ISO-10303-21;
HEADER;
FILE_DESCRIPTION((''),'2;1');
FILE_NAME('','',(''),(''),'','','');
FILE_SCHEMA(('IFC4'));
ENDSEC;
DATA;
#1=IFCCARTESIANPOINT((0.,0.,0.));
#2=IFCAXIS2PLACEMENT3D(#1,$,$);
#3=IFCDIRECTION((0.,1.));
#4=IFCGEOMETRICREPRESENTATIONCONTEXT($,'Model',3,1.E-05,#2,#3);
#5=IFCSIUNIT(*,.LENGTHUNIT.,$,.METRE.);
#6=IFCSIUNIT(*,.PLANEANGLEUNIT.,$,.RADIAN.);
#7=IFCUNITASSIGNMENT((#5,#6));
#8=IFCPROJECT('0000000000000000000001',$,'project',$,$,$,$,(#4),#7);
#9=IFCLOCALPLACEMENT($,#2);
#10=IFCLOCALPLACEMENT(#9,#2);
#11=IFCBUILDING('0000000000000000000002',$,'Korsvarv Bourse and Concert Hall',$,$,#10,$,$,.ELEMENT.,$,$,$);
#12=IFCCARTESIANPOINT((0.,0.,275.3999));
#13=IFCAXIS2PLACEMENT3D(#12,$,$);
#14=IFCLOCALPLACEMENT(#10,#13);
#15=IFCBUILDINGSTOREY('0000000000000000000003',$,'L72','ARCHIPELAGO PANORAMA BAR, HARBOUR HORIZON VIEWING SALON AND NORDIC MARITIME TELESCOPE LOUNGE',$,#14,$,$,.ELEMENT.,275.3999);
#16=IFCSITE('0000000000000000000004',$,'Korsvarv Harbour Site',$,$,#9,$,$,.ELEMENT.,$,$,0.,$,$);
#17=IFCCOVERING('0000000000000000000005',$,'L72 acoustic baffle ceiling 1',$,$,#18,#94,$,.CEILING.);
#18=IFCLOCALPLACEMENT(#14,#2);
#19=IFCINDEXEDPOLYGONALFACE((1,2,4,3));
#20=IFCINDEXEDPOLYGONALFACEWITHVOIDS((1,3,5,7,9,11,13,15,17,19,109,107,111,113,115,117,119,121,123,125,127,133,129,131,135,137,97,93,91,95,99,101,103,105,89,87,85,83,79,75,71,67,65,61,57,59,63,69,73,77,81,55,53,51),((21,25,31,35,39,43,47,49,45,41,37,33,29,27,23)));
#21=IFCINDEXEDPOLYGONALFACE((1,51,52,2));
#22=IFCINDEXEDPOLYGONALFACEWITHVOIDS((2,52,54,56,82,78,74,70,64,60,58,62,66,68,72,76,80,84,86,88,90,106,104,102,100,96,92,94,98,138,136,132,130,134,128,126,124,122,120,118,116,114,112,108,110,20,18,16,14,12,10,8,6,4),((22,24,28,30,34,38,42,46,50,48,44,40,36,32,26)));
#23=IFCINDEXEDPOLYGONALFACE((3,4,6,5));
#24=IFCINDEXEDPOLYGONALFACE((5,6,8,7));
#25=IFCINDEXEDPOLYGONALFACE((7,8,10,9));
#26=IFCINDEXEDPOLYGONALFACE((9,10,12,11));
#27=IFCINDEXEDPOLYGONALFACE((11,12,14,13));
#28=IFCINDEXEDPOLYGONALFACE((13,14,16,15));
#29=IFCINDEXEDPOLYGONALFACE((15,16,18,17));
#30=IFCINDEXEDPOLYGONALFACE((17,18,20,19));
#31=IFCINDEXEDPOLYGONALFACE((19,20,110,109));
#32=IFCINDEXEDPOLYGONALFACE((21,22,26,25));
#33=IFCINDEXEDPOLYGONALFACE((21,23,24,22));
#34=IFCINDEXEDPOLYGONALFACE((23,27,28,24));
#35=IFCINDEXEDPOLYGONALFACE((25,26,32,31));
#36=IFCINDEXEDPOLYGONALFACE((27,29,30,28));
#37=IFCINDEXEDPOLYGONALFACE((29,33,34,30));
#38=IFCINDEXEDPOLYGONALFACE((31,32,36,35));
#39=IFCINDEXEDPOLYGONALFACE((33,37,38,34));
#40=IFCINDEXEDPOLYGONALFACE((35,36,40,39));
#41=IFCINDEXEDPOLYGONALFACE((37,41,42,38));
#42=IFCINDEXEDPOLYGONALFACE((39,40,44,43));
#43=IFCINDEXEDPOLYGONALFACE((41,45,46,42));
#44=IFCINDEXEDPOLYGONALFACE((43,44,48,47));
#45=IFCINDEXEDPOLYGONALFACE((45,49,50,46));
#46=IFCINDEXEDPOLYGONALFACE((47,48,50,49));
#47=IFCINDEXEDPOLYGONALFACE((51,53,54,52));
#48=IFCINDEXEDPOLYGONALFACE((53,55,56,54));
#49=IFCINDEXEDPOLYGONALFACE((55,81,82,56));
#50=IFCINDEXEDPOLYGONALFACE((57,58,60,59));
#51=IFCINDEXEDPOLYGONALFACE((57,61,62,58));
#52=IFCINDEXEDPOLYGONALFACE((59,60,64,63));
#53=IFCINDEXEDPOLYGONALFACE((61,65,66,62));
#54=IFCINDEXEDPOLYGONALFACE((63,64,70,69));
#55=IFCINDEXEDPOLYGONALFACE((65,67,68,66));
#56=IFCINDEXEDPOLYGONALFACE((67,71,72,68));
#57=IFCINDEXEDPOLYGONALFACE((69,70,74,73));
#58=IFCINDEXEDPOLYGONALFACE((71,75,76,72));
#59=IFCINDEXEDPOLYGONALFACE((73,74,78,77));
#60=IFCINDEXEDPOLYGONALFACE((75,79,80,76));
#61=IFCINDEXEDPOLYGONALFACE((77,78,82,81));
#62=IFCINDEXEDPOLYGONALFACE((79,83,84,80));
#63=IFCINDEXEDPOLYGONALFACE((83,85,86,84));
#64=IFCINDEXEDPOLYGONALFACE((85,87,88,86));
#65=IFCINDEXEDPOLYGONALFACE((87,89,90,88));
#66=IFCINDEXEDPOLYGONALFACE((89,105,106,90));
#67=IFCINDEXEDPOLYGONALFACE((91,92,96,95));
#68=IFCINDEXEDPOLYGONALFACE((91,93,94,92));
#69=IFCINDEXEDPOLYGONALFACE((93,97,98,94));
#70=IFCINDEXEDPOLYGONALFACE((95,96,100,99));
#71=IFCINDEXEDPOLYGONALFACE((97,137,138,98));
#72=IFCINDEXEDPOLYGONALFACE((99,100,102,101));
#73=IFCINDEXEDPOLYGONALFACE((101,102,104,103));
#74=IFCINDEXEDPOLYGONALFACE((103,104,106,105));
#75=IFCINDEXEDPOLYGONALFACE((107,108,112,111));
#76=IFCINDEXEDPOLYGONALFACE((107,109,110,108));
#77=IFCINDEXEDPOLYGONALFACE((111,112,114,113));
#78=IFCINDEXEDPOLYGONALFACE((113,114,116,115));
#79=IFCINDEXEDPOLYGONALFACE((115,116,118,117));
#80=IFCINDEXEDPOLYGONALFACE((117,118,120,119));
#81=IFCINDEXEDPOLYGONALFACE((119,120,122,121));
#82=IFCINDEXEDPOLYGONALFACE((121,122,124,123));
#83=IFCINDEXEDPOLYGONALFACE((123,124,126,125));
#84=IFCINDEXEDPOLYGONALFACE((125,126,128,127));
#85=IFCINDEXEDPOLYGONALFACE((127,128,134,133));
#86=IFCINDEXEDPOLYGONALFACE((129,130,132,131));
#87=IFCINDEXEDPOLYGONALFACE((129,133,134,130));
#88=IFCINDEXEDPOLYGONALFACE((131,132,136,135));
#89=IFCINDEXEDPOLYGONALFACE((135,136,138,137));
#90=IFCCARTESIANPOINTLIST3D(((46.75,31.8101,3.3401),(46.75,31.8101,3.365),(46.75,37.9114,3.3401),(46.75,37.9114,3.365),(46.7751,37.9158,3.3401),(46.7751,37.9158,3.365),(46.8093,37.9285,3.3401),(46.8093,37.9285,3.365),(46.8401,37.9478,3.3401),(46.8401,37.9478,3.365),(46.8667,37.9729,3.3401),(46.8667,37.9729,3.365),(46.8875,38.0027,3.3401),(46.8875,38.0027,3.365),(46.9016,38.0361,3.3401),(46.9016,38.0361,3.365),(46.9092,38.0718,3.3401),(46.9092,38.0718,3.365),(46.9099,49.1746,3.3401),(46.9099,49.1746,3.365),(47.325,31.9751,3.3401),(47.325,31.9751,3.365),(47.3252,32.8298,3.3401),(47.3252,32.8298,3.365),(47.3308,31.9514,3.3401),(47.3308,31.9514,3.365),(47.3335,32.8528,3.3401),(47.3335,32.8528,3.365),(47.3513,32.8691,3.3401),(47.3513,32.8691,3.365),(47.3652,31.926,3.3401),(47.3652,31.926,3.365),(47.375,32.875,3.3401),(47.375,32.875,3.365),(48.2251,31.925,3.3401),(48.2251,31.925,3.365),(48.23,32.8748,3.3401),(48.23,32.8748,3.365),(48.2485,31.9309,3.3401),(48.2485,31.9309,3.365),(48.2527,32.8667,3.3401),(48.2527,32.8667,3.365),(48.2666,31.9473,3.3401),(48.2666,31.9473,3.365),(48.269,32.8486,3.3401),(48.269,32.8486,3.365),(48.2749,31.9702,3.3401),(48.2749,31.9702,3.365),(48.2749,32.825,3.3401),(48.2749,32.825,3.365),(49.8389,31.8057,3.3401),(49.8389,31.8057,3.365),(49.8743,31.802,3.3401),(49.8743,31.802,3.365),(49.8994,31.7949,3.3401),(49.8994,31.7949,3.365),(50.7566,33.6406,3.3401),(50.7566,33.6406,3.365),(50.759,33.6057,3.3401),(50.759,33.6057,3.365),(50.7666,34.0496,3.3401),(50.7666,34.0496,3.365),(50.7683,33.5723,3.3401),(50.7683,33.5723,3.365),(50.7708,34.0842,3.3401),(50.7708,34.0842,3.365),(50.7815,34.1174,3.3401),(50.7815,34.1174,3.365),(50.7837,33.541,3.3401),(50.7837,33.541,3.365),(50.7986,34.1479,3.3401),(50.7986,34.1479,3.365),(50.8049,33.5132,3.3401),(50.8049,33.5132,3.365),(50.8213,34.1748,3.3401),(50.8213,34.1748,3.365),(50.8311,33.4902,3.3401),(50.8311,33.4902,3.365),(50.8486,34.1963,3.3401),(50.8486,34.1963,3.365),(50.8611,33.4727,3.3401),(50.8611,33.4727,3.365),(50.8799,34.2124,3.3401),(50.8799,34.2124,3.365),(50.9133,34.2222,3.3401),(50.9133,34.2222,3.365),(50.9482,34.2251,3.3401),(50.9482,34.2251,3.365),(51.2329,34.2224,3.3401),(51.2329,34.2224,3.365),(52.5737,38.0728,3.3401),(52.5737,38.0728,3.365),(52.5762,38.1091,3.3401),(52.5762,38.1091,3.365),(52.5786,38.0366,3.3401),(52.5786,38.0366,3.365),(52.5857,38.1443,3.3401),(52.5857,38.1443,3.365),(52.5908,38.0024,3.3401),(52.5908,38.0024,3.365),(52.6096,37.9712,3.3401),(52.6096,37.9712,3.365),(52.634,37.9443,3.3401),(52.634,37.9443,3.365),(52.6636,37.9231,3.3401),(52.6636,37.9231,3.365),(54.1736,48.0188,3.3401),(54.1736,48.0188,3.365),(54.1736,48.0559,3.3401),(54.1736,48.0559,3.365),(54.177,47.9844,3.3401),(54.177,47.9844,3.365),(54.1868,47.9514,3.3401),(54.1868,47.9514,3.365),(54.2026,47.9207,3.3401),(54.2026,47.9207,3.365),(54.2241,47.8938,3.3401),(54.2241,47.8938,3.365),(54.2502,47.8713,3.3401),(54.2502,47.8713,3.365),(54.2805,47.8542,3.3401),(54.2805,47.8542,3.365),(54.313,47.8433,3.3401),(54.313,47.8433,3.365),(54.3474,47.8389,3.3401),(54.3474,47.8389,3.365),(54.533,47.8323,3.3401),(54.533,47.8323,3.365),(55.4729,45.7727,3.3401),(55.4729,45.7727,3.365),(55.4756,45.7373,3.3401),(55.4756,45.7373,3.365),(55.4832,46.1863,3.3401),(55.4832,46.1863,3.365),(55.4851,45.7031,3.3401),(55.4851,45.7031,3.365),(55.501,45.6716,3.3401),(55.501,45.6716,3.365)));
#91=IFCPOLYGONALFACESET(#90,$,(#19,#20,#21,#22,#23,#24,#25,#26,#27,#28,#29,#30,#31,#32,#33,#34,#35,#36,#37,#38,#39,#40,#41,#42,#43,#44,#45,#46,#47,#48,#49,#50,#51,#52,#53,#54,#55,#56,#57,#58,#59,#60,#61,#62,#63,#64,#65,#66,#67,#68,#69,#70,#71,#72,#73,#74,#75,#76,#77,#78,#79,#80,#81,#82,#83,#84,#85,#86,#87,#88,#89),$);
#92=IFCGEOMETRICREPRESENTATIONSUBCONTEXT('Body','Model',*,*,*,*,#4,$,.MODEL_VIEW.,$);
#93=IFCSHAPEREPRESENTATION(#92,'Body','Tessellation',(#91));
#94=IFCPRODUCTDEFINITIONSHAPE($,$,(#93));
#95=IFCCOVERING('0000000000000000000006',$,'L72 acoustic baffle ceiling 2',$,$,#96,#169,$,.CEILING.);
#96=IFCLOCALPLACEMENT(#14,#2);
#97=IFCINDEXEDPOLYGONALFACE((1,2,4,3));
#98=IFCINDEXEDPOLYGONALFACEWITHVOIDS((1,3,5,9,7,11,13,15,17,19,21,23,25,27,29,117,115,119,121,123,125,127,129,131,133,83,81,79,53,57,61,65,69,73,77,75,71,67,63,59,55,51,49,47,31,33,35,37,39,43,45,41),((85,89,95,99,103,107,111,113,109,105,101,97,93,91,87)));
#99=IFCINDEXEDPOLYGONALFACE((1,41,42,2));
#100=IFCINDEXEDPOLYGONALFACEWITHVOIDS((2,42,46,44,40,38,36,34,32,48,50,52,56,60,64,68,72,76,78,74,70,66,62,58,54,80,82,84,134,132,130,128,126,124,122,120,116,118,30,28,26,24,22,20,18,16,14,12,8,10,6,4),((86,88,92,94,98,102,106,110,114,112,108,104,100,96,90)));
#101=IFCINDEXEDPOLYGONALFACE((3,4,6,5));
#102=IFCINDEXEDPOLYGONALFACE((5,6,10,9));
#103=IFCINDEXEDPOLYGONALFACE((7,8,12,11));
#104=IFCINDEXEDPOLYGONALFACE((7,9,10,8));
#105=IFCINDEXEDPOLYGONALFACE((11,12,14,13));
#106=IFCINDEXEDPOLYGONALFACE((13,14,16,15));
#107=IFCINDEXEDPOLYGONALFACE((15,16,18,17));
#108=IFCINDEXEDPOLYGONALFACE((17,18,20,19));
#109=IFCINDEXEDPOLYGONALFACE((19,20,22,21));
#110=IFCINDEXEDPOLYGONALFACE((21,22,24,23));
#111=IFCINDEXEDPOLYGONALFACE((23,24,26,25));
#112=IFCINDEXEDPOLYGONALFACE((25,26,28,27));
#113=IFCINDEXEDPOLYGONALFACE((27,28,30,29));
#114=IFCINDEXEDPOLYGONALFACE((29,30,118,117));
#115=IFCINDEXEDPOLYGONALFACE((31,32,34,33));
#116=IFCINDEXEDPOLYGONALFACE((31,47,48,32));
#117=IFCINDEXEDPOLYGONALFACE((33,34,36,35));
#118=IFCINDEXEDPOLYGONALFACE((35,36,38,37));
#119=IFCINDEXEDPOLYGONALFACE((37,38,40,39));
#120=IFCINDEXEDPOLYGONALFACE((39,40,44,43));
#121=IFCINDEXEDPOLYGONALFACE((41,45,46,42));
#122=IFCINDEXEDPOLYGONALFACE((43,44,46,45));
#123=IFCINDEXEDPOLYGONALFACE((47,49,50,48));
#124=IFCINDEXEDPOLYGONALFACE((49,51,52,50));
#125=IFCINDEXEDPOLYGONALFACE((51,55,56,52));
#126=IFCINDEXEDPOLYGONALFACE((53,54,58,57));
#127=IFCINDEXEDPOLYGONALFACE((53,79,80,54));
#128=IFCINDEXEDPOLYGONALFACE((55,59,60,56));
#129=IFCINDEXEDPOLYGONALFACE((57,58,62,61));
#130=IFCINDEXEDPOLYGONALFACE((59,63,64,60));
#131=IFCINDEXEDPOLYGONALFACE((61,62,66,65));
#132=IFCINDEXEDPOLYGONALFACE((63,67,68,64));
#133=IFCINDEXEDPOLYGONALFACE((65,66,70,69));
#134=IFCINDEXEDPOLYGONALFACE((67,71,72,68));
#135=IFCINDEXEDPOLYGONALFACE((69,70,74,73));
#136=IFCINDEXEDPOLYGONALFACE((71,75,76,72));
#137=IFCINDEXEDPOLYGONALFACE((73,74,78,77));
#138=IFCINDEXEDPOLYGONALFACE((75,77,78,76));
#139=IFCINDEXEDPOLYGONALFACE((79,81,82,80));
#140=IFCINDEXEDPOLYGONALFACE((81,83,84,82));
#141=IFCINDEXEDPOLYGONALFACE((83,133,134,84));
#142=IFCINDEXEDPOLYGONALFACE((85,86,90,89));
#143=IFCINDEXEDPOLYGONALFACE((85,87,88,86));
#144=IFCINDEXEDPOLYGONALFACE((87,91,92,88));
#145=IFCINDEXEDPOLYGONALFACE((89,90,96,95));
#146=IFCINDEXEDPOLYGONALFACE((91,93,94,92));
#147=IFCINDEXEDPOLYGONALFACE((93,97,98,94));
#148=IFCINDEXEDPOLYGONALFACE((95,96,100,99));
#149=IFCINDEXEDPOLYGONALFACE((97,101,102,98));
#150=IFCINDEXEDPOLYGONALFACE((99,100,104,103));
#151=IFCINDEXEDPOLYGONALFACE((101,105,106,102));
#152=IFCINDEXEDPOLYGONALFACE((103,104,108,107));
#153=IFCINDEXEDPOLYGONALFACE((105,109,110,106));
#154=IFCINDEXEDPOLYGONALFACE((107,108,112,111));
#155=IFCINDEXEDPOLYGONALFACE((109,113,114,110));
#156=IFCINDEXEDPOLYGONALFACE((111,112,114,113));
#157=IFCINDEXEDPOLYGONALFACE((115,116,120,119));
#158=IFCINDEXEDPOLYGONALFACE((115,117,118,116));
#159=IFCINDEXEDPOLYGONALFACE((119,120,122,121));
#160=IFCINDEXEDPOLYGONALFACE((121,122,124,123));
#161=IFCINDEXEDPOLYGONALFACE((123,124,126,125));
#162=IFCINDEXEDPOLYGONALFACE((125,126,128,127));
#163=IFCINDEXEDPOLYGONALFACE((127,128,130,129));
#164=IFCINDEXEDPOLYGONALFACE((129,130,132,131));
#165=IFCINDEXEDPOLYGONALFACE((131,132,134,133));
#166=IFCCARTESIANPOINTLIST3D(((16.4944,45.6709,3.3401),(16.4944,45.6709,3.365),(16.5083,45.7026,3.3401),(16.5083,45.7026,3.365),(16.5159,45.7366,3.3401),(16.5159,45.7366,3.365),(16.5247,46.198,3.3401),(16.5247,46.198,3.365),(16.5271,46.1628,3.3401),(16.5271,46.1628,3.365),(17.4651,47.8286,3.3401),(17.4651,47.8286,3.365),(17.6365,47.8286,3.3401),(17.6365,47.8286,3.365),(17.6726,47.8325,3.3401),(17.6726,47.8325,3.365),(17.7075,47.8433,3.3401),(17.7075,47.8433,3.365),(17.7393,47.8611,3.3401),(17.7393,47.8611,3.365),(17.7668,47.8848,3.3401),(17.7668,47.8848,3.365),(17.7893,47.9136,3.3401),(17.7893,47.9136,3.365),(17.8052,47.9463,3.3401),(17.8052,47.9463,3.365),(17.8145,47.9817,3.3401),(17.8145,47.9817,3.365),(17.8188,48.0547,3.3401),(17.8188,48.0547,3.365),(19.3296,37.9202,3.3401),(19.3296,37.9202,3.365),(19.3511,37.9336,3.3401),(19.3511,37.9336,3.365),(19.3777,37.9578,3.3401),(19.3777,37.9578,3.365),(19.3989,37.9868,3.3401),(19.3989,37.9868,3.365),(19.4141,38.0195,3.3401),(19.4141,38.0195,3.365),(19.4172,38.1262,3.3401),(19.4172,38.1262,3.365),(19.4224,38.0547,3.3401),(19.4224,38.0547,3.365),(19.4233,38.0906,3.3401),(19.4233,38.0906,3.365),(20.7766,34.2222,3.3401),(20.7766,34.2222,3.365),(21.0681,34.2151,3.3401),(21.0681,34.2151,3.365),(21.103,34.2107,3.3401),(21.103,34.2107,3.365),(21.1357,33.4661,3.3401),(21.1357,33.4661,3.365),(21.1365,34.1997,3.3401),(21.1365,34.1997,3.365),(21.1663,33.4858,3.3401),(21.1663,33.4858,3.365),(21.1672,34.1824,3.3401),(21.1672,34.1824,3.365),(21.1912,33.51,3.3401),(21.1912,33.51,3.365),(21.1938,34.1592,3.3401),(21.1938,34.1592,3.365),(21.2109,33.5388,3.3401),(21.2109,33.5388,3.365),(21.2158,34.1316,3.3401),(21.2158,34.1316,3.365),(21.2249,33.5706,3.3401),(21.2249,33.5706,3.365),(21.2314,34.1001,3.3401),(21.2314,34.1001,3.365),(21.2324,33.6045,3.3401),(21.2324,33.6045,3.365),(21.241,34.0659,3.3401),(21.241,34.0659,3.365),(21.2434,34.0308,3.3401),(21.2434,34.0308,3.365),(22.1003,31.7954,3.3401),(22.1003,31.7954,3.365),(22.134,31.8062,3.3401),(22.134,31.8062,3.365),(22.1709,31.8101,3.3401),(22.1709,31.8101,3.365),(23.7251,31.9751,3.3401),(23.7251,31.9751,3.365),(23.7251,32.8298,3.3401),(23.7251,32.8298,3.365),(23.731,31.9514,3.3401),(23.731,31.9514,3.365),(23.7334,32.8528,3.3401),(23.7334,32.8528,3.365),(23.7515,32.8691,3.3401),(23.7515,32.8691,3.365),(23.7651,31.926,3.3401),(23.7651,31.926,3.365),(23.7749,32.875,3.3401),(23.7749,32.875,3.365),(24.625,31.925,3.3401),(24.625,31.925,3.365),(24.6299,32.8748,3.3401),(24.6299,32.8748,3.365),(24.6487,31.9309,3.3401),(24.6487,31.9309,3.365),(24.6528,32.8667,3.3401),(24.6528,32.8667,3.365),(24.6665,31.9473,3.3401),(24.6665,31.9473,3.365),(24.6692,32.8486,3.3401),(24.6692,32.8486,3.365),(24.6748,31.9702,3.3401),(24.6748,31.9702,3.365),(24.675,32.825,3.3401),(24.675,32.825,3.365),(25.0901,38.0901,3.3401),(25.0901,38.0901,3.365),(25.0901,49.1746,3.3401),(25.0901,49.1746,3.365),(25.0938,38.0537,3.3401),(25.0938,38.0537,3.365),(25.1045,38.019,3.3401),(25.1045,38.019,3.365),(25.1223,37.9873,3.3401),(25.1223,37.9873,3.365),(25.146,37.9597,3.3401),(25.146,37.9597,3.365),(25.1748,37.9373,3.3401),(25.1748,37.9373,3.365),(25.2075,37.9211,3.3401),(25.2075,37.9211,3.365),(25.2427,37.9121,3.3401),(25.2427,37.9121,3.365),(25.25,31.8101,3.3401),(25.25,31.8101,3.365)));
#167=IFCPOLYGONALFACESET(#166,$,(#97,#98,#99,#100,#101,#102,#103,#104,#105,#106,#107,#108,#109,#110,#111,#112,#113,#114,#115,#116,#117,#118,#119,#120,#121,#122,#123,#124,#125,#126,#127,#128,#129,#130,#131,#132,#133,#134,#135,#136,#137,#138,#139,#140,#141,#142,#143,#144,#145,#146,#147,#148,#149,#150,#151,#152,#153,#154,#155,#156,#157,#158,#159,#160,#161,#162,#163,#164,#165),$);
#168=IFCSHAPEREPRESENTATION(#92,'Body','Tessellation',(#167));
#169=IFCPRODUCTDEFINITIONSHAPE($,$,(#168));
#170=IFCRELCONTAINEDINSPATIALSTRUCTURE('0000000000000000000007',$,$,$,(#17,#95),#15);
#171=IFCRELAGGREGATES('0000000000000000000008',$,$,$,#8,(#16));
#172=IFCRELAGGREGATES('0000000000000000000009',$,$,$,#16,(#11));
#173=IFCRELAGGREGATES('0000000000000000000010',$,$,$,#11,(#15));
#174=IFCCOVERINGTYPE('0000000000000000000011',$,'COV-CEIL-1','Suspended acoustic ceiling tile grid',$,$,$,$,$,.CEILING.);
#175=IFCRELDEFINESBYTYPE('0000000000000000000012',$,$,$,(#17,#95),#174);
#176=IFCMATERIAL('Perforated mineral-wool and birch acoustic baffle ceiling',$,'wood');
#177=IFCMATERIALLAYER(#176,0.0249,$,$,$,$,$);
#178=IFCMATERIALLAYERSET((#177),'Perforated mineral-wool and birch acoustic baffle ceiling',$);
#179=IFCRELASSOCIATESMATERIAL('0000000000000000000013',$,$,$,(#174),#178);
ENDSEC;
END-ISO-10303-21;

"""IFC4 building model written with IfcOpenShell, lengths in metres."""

from ifc_helpers import new_model, si_unit, direction, frame, origin, place, context, subcontext, project, spatial, polyline, outline, extrude, material, layer, layer_set, type_object, element, save


model = new_model("IFC4")

# Units and contexts
model_context = context("Model", 3, precision=1e-05, world=origin(), true_north=direction((0.0, 1.0)))
body_context = subcontext(model_context, "Body", "Model", "MODEL_VIEW")
ifc_project = project(units=[si_unit("LENGTHUNIT", "METRE"), si_unit("PLANEANGLEUNIT", "RADIAN")], contexts=[model_context])

# Site, building, storey
site_placement = place(None, origin())
site = spatial("IfcSite", under=ifc_project, at=site_placement, Name="Korsvarv Harbour Site", CompositionType="ELEMENT", RefElevation=0.0)
building_placement = place(site_placement, origin())
building = spatial("IfcBuilding", under=site, at=building_placement, Name="Korsvarv Bourse and Concert Hall", CompositionType="ELEMENT")
storey_placement = place(building_placement, frame((0.0, 0.0, 275.3999)))
storey = spatial("IfcBuildingStorey", under=building, at=storey_placement, Name="L72", Description="ARCHIPELAGO PANORAMA BAR, HARBOUR HORIZON VIEWING SALON AND NORDIC MARITIME TELESCOPE LOUNGE", CompositionType="ELEMENT", Elevation=275.3999)

# Coverings
ifc_material_1 = material(Name="Perforated mineral-wool and birch acoustic baffle ceiling", Category="wood")
ifc_layer_1 = layer(ifc_material_1, 0.0249)
ifc_layer_set_1 = layer_set([ifc_layer_1], Name="Perforated mineral-wool and birch acoustic baffle ceiling")
covering_type_1 = type_object("IfcCoveringType", Name="COV-CEIL-1", Description="Suspended acoustic ceiling tile grid", PredefinedType="CEILING", material=ifc_layer_set_1)
covering_1_placement = place(storey_placement, frame((0.0, 0.0, 3.3401)))
element("IfcCovering", 1, at=covering_1_placement, inside=storey, type_object=covering_type_1, Name="L72 acoustic baffle ceiling 1", PredefinedType="CEILING", context=body_context, shape_type="SweptSolid", body=[
    extrude(outline(polyline([(46.75, 37.9114), (46.7751, 37.9158), (46.8093, 37.9285), (46.8401, 37.9478), (46.8667, 37.9729), (46.8875, 38.0027), (46.9016, 38.0361), (46.9092, 38.0718), (46.9099, 49.1746), (54.1736, 48.0559), (54.1736, 48.0188), (54.177, 47.9844), (54.1868, 47.9514), (54.2026, 47.9207), (54.2241, 47.8938), (54.2502, 47.8713), (54.2805, 47.8542), (54.313, 47.8433), (54.3474, 47.8389), (54.533, 47.8323), (55.4832, 46.1863), (55.4729, 45.7727), (55.4756, 45.7373), (55.4851, 45.7031), (55.501, 45.6716), (52.5857, 38.1443), (52.5762, 38.1091), (52.5737, 38.0728), (52.5786, 38.0366), (52.5908, 38.0024), (52.6096, 37.9712), (52.634, 37.9443), (52.6636, 37.9231), (51.2329, 34.2224), (50.9482, 34.2251), (50.9133, 34.2222), (50.8799, 34.2124), (50.8486, 34.1963), (50.8213, 34.1748), (50.7986, 34.1479), (50.7815, 34.1174), (50.7708, 34.0842), (50.7666, 34.0496), (50.7566, 33.6406), (50.759, 33.6057), (50.7683, 33.5723), (50.7837, 33.541), (50.8049, 33.5132), (50.8311, 33.4902), (50.8611, 33.4727), (49.8994, 31.7949), (49.8743, 31.802), (49.8389, 31.8057), (46.75, 31.8101), (46.75, 37.9114)]), holes=[polyline([(47.3652, 31.926), (48.2251, 31.925), (48.2485, 31.9309), (48.2666, 31.9473), (48.2749, 31.9702), (48.2749, 32.825), (48.269, 32.8486), (48.2527, 32.8667), (48.23, 32.8748), (47.375, 32.875), (47.3513, 32.8691), (47.3335, 32.8528), (47.3252, 32.8298), (47.325, 31.9751), (47.3308, 31.9514), (47.3652, 31.926)])]), origin(), (0.0, 0.0, 1.0), 0.0249),
])
covering_2_placement = place(storey_placement, frame((0.0, 0.0, 3.3401)))
element("IfcCovering", 2, at=covering_2_placement, inside=storey, type_object=covering_type_1, Name="L72 acoustic baffle ceiling 2", PredefinedType="CEILING", context=body_context, shape_type="SweptSolid", body=[
    extrude(outline(polyline([(16.4944, 45.6709), (16.5083, 45.7026), (16.5159, 45.7366), (16.5271, 46.1628), (16.5247, 46.198), (17.4651, 47.8286), (17.6365, 47.8286), (17.6726, 47.8325), (17.7075, 47.8433), (17.7393, 47.8611), (17.7668, 47.8848), (17.7893, 47.9136), (17.8052, 47.9463), (17.8145, 47.9817), (17.8188, 48.0547), (25.0901, 49.1746), (25.0901, 38.0901), (25.0938, 38.0537), (25.1045, 38.019), (25.1223, 37.9873), (25.146, 37.9597), (25.1748, 37.9373), (25.2075, 37.9211), (25.2427, 37.9121), (25.25, 31.8101), (22.1709, 31.8101), (22.134, 31.8062), (22.1003, 31.7954), (21.1357, 33.4661), (21.1663, 33.4858), (21.1912, 33.51), (21.2109, 33.5388), (21.2249, 33.5706), (21.2324, 33.6045), (21.2434, 34.0308), (21.241, 34.0659), (21.2314, 34.1001), (21.2158, 34.1316), (21.1938, 34.1592), (21.1672, 34.1824), (21.1365, 34.1997), (21.103, 34.2107), (21.0681, 34.2151), (20.7766, 34.2222), (19.3296, 37.9202), (19.3511, 37.9336), (19.3777, 37.9578), (19.3989, 37.9868), (19.4141, 38.0195), (19.4224, 38.0547), (19.4233, 38.0906), (19.4172, 38.1262), (16.4944, 45.6709)]), holes=[polyline([(23.7651, 31.926), (24.625, 31.925), (24.6487, 31.9309), (24.6665, 31.9473), (24.6748, 31.9702), (24.675, 32.825), (24.6692, 32.8486), (24.6528, 32.8667), (24.6299, 32.8748), (23.7749, 32.875), (23.7515, 32.8691), (23.7334, 32.8528), (23.7251, 32.8298), (23.7251, 31.9751), (23.731, 31.9514), (23.7651, 31.926)])]), origin(), (0.0, 0.0, 1.0), 0.0249),
])

save(model, "model.ifc")
